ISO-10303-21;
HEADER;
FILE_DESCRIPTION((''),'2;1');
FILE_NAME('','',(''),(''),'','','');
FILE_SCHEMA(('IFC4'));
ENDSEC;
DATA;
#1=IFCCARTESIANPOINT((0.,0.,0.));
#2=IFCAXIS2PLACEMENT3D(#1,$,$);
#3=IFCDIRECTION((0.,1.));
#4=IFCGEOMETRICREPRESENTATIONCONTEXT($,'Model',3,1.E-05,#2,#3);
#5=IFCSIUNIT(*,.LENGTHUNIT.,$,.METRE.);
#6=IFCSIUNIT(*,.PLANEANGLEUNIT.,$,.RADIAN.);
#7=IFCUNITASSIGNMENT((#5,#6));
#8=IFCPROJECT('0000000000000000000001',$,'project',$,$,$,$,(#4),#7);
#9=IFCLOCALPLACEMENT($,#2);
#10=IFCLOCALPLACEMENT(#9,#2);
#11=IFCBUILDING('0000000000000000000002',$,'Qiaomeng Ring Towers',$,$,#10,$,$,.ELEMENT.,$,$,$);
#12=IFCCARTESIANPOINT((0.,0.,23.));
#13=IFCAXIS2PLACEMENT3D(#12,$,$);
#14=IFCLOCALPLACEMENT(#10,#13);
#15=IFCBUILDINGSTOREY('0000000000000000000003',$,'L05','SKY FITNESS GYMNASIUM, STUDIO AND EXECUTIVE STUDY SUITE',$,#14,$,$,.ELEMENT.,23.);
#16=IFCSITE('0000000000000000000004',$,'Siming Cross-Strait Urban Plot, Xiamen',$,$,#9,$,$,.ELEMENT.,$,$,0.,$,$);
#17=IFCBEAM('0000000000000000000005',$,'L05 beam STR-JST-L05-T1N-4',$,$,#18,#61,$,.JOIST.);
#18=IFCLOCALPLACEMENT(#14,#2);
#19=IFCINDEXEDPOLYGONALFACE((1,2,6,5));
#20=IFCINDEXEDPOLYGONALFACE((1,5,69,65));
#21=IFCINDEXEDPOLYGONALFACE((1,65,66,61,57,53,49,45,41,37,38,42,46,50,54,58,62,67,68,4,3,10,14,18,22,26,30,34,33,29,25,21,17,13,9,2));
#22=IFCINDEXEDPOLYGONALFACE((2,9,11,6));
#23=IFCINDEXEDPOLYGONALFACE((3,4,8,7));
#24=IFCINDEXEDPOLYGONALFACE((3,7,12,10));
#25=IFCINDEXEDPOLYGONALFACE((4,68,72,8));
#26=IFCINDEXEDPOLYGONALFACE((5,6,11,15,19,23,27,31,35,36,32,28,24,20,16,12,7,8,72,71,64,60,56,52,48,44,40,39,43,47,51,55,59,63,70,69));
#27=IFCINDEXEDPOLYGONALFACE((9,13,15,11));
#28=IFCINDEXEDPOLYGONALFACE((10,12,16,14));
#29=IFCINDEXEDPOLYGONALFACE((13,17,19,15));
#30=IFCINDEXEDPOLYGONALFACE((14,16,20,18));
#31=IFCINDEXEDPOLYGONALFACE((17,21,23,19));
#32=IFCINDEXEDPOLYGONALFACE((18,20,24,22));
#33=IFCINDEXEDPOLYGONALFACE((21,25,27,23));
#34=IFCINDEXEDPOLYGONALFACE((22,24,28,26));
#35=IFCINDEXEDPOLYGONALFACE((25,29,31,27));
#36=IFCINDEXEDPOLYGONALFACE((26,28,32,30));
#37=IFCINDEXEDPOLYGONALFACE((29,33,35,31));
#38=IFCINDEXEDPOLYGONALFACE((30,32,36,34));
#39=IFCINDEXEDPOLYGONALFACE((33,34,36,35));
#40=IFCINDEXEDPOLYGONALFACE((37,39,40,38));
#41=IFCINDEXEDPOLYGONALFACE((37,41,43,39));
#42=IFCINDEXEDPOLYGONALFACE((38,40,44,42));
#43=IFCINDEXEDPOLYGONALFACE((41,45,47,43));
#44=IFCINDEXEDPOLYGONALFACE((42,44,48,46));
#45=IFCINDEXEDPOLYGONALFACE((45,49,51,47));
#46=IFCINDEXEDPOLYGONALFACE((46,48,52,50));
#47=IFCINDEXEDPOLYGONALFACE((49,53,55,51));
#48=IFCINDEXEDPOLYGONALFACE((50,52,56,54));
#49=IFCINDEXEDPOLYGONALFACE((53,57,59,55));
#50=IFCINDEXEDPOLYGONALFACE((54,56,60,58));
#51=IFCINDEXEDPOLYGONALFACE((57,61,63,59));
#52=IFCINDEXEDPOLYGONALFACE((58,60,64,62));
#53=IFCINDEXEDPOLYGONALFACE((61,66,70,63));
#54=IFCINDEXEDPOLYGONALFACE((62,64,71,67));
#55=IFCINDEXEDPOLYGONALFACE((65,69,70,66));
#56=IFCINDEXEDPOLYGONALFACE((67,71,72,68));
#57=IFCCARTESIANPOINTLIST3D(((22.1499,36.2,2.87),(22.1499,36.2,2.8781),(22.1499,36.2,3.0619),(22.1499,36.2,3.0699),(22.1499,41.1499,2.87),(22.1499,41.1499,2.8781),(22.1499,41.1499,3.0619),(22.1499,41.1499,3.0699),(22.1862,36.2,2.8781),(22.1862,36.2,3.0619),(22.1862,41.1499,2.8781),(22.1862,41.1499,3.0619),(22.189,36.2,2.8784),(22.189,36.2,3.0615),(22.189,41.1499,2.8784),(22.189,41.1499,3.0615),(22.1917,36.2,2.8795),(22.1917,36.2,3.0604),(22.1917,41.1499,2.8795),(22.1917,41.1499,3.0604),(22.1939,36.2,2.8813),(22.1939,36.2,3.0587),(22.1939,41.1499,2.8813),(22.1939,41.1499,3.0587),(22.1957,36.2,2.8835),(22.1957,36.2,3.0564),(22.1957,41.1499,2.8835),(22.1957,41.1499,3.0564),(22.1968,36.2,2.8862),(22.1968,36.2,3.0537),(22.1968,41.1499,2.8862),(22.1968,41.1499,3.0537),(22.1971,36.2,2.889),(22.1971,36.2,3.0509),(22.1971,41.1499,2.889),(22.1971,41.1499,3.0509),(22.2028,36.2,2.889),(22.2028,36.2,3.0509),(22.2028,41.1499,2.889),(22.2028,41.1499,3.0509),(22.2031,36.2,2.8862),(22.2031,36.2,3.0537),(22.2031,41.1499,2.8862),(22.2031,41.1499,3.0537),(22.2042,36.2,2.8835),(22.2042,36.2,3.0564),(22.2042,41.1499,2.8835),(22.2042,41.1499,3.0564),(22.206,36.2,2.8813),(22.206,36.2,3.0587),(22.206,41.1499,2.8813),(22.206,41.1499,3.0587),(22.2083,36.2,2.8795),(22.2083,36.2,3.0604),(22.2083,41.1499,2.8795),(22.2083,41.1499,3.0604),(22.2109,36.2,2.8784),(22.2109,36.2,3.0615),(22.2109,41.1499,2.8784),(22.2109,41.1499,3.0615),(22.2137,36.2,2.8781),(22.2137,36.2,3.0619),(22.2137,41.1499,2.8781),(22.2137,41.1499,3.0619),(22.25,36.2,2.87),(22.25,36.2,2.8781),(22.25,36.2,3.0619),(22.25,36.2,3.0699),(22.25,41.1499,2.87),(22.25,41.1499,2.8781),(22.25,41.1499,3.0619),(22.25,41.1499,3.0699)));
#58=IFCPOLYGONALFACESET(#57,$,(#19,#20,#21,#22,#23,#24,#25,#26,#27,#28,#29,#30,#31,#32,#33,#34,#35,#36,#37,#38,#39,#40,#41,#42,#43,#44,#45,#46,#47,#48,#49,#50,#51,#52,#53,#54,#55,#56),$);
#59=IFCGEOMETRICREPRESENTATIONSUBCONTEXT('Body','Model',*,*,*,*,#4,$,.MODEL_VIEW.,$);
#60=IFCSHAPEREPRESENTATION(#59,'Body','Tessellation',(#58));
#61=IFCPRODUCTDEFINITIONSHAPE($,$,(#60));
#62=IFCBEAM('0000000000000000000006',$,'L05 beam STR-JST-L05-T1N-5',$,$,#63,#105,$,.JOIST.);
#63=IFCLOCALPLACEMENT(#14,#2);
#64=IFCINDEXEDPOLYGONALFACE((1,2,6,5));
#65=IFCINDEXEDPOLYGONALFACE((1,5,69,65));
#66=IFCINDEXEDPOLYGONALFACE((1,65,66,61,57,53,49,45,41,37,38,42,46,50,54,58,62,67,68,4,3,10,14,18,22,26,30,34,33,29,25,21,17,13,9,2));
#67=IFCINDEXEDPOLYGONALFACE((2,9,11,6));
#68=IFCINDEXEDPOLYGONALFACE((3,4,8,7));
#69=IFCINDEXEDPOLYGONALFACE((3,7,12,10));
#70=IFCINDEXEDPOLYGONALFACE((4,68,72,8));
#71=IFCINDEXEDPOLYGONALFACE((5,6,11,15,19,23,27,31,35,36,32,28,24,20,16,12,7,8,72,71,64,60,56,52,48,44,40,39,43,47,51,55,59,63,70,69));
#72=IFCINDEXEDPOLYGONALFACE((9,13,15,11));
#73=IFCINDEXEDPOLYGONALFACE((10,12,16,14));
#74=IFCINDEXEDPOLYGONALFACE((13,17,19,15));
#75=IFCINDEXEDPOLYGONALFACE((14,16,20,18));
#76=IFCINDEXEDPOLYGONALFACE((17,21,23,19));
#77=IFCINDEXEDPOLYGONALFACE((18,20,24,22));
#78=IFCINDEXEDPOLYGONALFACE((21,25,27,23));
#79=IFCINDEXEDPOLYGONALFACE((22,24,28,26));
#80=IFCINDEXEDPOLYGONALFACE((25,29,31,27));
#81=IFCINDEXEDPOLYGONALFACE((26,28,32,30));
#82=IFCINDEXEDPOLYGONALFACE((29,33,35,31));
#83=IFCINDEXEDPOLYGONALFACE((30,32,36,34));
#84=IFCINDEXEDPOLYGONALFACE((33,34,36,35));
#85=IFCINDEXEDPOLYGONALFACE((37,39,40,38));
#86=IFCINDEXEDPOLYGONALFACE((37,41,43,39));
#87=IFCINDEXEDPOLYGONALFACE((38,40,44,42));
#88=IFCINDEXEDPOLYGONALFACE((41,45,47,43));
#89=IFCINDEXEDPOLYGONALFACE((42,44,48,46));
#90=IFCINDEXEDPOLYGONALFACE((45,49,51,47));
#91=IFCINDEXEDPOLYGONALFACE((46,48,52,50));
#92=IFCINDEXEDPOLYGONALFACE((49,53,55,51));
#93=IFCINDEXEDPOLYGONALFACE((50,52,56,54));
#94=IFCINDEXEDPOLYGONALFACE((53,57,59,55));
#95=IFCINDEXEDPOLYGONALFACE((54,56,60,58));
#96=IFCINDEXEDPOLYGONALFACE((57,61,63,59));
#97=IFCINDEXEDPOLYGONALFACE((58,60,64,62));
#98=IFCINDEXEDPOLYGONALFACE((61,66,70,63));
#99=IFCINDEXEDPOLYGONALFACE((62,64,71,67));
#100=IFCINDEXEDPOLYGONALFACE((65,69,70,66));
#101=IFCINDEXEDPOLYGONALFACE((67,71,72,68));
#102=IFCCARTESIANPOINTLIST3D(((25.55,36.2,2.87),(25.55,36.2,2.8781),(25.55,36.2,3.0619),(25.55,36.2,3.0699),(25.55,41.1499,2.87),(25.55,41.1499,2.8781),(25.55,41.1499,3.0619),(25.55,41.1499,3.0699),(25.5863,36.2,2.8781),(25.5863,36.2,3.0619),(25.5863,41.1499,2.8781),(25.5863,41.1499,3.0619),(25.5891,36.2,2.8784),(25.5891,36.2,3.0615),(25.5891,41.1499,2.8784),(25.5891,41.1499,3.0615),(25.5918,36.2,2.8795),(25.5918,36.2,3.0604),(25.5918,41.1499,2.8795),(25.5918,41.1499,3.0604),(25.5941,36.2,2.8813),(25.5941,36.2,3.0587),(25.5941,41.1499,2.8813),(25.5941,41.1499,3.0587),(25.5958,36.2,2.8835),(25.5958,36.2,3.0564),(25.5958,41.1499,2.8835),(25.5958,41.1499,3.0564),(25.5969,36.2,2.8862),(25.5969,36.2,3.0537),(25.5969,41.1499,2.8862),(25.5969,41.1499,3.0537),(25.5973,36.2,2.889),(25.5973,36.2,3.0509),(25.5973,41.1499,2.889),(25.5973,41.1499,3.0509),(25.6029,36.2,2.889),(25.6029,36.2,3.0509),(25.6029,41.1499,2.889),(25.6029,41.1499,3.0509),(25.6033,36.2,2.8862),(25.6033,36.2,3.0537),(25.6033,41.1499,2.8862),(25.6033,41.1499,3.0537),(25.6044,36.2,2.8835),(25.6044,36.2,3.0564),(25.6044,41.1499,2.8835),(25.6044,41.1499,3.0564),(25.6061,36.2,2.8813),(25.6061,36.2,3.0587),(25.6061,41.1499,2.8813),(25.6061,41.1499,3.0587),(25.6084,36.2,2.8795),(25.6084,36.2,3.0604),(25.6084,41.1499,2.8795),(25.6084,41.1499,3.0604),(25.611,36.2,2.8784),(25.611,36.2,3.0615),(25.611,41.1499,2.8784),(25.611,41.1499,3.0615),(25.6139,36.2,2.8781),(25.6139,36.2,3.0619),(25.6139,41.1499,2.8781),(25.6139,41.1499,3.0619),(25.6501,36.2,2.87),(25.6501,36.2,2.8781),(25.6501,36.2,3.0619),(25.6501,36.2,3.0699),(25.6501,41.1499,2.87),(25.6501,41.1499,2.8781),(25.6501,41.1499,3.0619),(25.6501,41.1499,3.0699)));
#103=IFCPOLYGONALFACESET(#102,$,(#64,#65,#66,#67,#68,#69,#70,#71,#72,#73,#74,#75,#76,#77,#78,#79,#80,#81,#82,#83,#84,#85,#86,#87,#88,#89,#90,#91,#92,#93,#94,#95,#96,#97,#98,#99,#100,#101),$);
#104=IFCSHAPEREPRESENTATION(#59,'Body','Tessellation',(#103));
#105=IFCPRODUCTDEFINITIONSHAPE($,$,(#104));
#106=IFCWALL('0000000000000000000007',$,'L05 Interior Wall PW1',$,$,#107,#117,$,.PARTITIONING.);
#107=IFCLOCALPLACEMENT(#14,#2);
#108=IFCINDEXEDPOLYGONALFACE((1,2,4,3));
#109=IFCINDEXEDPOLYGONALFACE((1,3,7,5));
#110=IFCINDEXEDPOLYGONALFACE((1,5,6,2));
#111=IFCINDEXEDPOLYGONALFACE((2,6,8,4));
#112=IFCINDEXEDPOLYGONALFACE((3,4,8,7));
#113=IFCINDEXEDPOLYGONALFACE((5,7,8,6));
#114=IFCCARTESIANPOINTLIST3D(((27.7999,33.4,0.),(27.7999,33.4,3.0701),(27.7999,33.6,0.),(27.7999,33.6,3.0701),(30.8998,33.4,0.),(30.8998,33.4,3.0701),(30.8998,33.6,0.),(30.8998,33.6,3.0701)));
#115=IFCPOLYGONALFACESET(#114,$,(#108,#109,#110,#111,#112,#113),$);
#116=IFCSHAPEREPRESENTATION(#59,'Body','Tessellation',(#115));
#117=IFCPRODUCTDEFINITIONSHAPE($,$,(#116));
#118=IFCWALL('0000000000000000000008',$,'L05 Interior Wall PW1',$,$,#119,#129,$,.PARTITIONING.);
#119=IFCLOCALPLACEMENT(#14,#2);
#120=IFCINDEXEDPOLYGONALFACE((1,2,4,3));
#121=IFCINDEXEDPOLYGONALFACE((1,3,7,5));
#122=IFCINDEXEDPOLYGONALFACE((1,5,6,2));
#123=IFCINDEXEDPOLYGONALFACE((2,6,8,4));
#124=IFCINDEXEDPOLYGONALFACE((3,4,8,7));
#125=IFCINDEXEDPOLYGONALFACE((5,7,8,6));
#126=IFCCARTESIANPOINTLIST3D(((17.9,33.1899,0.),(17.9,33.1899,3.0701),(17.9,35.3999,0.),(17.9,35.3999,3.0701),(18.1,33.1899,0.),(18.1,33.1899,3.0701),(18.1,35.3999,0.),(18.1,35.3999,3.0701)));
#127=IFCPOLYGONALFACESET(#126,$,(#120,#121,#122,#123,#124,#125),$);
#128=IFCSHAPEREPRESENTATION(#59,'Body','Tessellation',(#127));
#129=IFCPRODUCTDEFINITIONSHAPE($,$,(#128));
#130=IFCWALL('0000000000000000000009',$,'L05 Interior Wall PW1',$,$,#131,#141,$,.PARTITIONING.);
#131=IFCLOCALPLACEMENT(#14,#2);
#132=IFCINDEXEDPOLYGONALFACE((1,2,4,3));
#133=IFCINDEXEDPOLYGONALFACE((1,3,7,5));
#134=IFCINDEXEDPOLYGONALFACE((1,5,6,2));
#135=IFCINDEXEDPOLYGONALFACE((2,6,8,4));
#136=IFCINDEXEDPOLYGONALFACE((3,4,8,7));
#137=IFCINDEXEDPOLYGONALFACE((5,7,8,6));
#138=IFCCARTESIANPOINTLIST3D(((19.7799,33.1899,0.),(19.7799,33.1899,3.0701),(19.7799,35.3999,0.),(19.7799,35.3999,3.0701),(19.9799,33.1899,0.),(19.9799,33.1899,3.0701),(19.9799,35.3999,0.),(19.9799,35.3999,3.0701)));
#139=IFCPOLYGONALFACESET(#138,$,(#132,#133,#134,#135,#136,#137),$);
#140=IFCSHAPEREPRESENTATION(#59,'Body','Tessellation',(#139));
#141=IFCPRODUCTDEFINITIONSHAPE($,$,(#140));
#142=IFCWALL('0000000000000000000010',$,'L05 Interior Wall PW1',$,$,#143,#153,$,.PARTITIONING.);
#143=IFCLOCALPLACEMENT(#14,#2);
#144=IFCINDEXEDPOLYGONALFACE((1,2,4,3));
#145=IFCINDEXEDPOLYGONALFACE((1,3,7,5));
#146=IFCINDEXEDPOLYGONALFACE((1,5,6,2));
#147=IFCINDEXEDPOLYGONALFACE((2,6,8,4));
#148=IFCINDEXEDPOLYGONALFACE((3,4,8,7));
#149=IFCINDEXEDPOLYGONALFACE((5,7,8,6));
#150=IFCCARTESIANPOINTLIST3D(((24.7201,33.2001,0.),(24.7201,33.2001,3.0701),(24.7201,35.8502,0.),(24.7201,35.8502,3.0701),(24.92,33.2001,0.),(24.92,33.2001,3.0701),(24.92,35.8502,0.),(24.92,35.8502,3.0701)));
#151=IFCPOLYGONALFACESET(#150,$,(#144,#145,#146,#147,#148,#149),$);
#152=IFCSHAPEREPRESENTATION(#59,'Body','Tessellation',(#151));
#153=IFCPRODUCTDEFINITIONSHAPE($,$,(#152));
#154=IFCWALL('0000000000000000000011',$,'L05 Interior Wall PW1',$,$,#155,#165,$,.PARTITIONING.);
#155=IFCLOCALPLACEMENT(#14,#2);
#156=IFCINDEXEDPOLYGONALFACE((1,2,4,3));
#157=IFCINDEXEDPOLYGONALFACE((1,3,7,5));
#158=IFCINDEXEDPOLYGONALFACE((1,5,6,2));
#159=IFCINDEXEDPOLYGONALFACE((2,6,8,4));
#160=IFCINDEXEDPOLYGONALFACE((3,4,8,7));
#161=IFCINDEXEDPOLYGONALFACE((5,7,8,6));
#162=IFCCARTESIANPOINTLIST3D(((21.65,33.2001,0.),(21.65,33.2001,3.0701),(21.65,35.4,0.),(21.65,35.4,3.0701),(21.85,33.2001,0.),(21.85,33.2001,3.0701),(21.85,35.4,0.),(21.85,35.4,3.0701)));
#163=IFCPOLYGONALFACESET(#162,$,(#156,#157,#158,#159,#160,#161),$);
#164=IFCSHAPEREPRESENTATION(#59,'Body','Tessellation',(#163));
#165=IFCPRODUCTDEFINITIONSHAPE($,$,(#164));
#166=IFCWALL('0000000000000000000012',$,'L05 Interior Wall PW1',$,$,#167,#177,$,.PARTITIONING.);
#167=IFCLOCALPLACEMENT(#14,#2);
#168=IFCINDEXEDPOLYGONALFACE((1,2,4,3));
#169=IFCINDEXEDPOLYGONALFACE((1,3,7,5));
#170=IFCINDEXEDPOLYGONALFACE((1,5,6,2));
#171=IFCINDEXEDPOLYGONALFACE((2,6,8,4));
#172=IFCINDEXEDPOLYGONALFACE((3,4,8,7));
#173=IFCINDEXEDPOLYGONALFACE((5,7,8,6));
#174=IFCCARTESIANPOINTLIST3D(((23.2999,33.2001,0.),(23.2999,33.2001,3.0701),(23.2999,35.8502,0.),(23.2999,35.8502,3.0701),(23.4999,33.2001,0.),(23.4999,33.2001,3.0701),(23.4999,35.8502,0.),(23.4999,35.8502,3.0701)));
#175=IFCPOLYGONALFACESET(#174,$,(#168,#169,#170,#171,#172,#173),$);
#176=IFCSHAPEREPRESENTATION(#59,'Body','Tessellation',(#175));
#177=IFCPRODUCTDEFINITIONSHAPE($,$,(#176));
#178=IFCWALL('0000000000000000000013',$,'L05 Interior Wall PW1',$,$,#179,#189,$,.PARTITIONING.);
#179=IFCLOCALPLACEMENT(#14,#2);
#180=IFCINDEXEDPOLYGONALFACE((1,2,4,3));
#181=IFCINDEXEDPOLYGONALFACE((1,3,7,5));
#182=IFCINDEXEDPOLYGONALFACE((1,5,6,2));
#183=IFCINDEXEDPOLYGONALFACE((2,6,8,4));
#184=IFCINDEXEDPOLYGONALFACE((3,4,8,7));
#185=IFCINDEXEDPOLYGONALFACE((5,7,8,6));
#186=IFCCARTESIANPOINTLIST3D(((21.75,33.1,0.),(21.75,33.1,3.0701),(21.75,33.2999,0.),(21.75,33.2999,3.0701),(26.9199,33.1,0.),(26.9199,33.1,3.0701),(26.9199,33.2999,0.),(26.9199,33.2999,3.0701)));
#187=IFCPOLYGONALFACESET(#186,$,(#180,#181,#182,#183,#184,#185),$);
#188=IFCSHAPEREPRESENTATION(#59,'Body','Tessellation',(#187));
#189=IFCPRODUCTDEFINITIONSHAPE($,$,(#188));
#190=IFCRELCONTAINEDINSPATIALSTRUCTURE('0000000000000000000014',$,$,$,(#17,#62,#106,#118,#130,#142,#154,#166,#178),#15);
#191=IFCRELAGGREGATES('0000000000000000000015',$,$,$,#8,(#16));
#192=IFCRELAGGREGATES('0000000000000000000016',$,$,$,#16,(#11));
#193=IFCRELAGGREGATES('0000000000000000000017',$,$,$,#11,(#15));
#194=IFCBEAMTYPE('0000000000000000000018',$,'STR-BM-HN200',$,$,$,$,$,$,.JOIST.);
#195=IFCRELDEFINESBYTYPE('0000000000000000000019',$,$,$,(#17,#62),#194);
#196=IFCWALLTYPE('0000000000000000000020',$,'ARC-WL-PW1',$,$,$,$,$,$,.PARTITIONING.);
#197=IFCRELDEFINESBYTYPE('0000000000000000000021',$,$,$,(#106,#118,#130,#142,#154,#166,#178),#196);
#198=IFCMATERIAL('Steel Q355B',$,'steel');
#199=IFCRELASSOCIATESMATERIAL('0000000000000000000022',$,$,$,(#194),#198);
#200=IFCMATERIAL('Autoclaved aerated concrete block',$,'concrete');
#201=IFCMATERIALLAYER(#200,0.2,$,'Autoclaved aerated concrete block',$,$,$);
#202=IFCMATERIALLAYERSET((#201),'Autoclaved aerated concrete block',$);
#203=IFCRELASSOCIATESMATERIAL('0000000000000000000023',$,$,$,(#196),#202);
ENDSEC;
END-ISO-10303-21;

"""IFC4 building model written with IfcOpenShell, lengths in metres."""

from ifc_helpers import new_model, si_unit, direction, frame, frame_2d, origin, origin_2d, place, context, subcontext, project, spatial, rectangle, i_section, extrude, source, transform, mapped, material, layer, layer_set, material_profile, profile_set, type_object, element, save


model = new_model("IFC4")

# Units and contexts
model_context = context("Model", 3, precision=1e-05, world=origin(), true_north=direction((0.0, 1.0)))
body_context = subcontext(model_context, "Body", "Model", "MODEL_VIEW")
ifc_project = project(units=[si_unit("LENGTHUNIT", "METRE"), si_unit("PLANEANGLEUNIT", "RADIAN")], contexts=[model_context])

# Site, building, storey
site_placement = place(None, origin())
site = spatial("IfcSite", under=ifc_project, at=site_placement, Name="Siming Cross-Strait Urban Plot, Xiamen", CompositionType="ELEMENT", RefElevation=0.0)
building_placement = place(site_placement, origin())
building = spatial("IfcBuilding", under=site, at=building_placement, Name="Qiaomeng Ring Towers", CompositionType="ELEMENT")
storey_placement = place(building_placement, frame((0.0, 0.0, 23.0)))
storey = spatial("IfcBuildingStorey", under=building, at=storey_placement, Name="L05", Description="SKY FITNESS GYMNASIUM, STUDIO AND EXECUTIVE STUDY SUITE", CompositionType="ELEMENT", Elevation=23.0)

# Beams
ifc_material_1 = material(Name="Steel Q355B", Category="steel")
ifc_material_profile_1 = material_profile(ifc_material_1, i_section(OverallWidth=0.1001, OverallDepth=0.2, WebThickness=0.0056, FlangeThickness=0.0081, FilletRadius=0.011, at=origin_2d()), Name="HN 200x100x5.5x8")
ifc_profile_set_1 = profile_set([ifc_material_profile_1], Name="Steel Q355B")
beam_type_1 = type_object("IfcBeamType", Name="STR-BM-HN200", PredefinedType="JOIST", material=ifc_profile_set_1)
shared_shape_1 = source(origin(), body_context, "Body", "SweptSolid", [
    extrude(i_section(OverallWidth=0.1001, OverallDepth=0.2, WebThickness=0.0056, FlangeThickness=0.0081, FilletRadius=0.011, at=origin_2d()), origin(), (0.0, 0.0, 1.0), 4.95),
])
for number, where, z_axis, x_axis, name in (
    (1, (22.2, 36.2, 2.97), (0.0, 1.0, 0.0), (-1.0, 0.0, 0.0), "L05 beam STR-JST-L05-T1N-4"),
    (2, (25.6001, 36.2, 2.97), (0.0, 1.0, 0.0), (-1.0, 0.0, 0.0), "L05 beam STR-JST-L05-T1N-5"),
):
    element("IfcBeam", number, at=place(storey_placement, frame(where, z_axis=z_axis, x_axis=x_axis)), inside=storey, type_object=beam_type_1, Name=name, PredefinedType="JOIST", context=body_context, shape_type="MappedRepresentation", body=[
        mapped(shared_shape_1, transform((0.0, 0.0, 0.0), x_axis=(1.0, 0.0, 0.0), y_axis=(0.0, 1.0, 0.0), z_axis=(0.0, 0.0, 1.0), scale=1.0)),
    ])

# Walls
ifc_material_2 = material(Name="Autoclaved aerated concrete block", Category="concrete")
ifc_layer_1 = layer(ifc_material_2, 0.2, Name="Autoclaved aerated concrete block")
ifc_layer_set_1 = layer_set([ifc_layer_1], Name="Autoclaved aerated concrete block")
wall_type_1 = type_object("IfcWallType", Name="ARC-WL-PW1", PredefinedType="PARTITIONING", material=ifc_layer_set_1)
wall_1_placement = place(storey_placement, frame((27.8, 33.5, 0.0), z_axis=(0.0, 0.0, 1.0), x_axis=(1.0, 0.0, 0.0)))
element("IfcWall", 3, at=wall_1_placement, inside=storey, type_object=wall_type_1, Name="L05 Interior Wall PW1", PredefinedType="PARTITIONING", context=body_context, shape_type="SweptSolid", body=[
    extrude(rectangle(XDim=3.0999, YDim=0.2, at=frame_2d((1.5498, 0.0))), origin(), (0.0, 0.0, 1.0), 3.0701),
])
for number, where, z_axis, x_axis, name in (
    (4, (18.0, 33.1899, 0.0), (0.0, 0.0, 1.0), (0.0, 1.0, 0.0), "L05 Interior Wall PW1"),
    (5, (19.8799, 33.1899, 0.0), (0.0, 0.0, 1.0), (0.0, 1.0, 0.0), "L05 Interior Wall PW1"),
):
    element("IfcWall", number, at=place(storey_placement, frame(where, z_axis=z_axis, x_axis=x_axis)), inside=storey, type_object=wall_type_1, Name=name, PredefinedType="PARTITIONING", context=body_context, shape_type="SweptSolid", body=[
        extrude(rectangle(XDim=2.21, YDim=0.2, at=frame_2d((1.105, 0.0))), origin(), (0.0, 0.0, 1.0), 3.0701),
    ])
wall_2_placement = place(storey_placement, frame((24.8201, 33.2, 0.0), z_axis=(0.0, 0.0, 1.0), x_axis=(0.0, 1.0, 0.0)))
element("IfcWall", 6, at=wall_2_placement, inside=storey, type_object=wall_type_1, Name="L05 Interior Wall PW1", PredefinedType="PARTITIONING", context=body_context, shape_type="SweptSolid", body=[
    extrude(rectangle(XDim=2.6501, YDim=0.2, at=frame_2d((1.3252, 0.0))), origin(), (0.0, 0.0, 1.0), 3.0701),
])
wall_3_placement = place(storey_placement, frame((21.75, 33.2, 0.0), z_axis=(0.0, 0.0, 1.0), x_axis=(0.0, 1.0, 0.0)))
element("IfcWall", 7, at=wall_3_placement, inside=storey, type_object=wall_type_1, Name="L05 Interior Wall PW1", PredefinedType="PARTITIONING", context=body_context, shape_type="SweptSolid", body=[
    extrude(rectangle(XDim=2.2, YDim=0.2, at=frame_2d((1.1001, 0.0))), origin(), (0.0, 0.0, 1.0), 3.0701),
])
wall_4_placement = place(storey_placement, frame((23.3999, 33.2, 0.0), z_axis=(0.0, 0.0, 1.0), x_axis=(0.0, 1.0, 0.0)))
element("IfcWall", 8, at=wall_4_placement, inside=storey, type_object=wall_type_1, Name="L05 Interior Wall PW1", PredefinedType="PARTITIONING", context=body_context, shape_type="SweptSolid", body=[
    extrude(rectangle(XDim=2.6501, YDim=0.2, at=frame_2d((1.3252, 0.0))), origin(), (0.0, 0.0, 1.0), 3.0701),
])
wall_5_placement = place(storey_placement, frame((21.75, 33.2, 0.0), z_axis=(0.0, 0.0, 1.0), x_axis=(1.0, 0.0, 0.0)))
element("IfcWall", 9, at=wall_5_placement, inside=storey, type_object=wall_type_1, Name="L05 Interior Wall PW1", PredefinedType="PARTITIONING", context=body_context, shape_type="SweptSolid", body=[
    extrude(rectangle(XDim=5.1699, YDim=0.2, at=frame_2d((2.585, 0.0))), origin(), (0.0, 0.0, 1.0), 3.0701),
])

save(model, "model.ifc")
